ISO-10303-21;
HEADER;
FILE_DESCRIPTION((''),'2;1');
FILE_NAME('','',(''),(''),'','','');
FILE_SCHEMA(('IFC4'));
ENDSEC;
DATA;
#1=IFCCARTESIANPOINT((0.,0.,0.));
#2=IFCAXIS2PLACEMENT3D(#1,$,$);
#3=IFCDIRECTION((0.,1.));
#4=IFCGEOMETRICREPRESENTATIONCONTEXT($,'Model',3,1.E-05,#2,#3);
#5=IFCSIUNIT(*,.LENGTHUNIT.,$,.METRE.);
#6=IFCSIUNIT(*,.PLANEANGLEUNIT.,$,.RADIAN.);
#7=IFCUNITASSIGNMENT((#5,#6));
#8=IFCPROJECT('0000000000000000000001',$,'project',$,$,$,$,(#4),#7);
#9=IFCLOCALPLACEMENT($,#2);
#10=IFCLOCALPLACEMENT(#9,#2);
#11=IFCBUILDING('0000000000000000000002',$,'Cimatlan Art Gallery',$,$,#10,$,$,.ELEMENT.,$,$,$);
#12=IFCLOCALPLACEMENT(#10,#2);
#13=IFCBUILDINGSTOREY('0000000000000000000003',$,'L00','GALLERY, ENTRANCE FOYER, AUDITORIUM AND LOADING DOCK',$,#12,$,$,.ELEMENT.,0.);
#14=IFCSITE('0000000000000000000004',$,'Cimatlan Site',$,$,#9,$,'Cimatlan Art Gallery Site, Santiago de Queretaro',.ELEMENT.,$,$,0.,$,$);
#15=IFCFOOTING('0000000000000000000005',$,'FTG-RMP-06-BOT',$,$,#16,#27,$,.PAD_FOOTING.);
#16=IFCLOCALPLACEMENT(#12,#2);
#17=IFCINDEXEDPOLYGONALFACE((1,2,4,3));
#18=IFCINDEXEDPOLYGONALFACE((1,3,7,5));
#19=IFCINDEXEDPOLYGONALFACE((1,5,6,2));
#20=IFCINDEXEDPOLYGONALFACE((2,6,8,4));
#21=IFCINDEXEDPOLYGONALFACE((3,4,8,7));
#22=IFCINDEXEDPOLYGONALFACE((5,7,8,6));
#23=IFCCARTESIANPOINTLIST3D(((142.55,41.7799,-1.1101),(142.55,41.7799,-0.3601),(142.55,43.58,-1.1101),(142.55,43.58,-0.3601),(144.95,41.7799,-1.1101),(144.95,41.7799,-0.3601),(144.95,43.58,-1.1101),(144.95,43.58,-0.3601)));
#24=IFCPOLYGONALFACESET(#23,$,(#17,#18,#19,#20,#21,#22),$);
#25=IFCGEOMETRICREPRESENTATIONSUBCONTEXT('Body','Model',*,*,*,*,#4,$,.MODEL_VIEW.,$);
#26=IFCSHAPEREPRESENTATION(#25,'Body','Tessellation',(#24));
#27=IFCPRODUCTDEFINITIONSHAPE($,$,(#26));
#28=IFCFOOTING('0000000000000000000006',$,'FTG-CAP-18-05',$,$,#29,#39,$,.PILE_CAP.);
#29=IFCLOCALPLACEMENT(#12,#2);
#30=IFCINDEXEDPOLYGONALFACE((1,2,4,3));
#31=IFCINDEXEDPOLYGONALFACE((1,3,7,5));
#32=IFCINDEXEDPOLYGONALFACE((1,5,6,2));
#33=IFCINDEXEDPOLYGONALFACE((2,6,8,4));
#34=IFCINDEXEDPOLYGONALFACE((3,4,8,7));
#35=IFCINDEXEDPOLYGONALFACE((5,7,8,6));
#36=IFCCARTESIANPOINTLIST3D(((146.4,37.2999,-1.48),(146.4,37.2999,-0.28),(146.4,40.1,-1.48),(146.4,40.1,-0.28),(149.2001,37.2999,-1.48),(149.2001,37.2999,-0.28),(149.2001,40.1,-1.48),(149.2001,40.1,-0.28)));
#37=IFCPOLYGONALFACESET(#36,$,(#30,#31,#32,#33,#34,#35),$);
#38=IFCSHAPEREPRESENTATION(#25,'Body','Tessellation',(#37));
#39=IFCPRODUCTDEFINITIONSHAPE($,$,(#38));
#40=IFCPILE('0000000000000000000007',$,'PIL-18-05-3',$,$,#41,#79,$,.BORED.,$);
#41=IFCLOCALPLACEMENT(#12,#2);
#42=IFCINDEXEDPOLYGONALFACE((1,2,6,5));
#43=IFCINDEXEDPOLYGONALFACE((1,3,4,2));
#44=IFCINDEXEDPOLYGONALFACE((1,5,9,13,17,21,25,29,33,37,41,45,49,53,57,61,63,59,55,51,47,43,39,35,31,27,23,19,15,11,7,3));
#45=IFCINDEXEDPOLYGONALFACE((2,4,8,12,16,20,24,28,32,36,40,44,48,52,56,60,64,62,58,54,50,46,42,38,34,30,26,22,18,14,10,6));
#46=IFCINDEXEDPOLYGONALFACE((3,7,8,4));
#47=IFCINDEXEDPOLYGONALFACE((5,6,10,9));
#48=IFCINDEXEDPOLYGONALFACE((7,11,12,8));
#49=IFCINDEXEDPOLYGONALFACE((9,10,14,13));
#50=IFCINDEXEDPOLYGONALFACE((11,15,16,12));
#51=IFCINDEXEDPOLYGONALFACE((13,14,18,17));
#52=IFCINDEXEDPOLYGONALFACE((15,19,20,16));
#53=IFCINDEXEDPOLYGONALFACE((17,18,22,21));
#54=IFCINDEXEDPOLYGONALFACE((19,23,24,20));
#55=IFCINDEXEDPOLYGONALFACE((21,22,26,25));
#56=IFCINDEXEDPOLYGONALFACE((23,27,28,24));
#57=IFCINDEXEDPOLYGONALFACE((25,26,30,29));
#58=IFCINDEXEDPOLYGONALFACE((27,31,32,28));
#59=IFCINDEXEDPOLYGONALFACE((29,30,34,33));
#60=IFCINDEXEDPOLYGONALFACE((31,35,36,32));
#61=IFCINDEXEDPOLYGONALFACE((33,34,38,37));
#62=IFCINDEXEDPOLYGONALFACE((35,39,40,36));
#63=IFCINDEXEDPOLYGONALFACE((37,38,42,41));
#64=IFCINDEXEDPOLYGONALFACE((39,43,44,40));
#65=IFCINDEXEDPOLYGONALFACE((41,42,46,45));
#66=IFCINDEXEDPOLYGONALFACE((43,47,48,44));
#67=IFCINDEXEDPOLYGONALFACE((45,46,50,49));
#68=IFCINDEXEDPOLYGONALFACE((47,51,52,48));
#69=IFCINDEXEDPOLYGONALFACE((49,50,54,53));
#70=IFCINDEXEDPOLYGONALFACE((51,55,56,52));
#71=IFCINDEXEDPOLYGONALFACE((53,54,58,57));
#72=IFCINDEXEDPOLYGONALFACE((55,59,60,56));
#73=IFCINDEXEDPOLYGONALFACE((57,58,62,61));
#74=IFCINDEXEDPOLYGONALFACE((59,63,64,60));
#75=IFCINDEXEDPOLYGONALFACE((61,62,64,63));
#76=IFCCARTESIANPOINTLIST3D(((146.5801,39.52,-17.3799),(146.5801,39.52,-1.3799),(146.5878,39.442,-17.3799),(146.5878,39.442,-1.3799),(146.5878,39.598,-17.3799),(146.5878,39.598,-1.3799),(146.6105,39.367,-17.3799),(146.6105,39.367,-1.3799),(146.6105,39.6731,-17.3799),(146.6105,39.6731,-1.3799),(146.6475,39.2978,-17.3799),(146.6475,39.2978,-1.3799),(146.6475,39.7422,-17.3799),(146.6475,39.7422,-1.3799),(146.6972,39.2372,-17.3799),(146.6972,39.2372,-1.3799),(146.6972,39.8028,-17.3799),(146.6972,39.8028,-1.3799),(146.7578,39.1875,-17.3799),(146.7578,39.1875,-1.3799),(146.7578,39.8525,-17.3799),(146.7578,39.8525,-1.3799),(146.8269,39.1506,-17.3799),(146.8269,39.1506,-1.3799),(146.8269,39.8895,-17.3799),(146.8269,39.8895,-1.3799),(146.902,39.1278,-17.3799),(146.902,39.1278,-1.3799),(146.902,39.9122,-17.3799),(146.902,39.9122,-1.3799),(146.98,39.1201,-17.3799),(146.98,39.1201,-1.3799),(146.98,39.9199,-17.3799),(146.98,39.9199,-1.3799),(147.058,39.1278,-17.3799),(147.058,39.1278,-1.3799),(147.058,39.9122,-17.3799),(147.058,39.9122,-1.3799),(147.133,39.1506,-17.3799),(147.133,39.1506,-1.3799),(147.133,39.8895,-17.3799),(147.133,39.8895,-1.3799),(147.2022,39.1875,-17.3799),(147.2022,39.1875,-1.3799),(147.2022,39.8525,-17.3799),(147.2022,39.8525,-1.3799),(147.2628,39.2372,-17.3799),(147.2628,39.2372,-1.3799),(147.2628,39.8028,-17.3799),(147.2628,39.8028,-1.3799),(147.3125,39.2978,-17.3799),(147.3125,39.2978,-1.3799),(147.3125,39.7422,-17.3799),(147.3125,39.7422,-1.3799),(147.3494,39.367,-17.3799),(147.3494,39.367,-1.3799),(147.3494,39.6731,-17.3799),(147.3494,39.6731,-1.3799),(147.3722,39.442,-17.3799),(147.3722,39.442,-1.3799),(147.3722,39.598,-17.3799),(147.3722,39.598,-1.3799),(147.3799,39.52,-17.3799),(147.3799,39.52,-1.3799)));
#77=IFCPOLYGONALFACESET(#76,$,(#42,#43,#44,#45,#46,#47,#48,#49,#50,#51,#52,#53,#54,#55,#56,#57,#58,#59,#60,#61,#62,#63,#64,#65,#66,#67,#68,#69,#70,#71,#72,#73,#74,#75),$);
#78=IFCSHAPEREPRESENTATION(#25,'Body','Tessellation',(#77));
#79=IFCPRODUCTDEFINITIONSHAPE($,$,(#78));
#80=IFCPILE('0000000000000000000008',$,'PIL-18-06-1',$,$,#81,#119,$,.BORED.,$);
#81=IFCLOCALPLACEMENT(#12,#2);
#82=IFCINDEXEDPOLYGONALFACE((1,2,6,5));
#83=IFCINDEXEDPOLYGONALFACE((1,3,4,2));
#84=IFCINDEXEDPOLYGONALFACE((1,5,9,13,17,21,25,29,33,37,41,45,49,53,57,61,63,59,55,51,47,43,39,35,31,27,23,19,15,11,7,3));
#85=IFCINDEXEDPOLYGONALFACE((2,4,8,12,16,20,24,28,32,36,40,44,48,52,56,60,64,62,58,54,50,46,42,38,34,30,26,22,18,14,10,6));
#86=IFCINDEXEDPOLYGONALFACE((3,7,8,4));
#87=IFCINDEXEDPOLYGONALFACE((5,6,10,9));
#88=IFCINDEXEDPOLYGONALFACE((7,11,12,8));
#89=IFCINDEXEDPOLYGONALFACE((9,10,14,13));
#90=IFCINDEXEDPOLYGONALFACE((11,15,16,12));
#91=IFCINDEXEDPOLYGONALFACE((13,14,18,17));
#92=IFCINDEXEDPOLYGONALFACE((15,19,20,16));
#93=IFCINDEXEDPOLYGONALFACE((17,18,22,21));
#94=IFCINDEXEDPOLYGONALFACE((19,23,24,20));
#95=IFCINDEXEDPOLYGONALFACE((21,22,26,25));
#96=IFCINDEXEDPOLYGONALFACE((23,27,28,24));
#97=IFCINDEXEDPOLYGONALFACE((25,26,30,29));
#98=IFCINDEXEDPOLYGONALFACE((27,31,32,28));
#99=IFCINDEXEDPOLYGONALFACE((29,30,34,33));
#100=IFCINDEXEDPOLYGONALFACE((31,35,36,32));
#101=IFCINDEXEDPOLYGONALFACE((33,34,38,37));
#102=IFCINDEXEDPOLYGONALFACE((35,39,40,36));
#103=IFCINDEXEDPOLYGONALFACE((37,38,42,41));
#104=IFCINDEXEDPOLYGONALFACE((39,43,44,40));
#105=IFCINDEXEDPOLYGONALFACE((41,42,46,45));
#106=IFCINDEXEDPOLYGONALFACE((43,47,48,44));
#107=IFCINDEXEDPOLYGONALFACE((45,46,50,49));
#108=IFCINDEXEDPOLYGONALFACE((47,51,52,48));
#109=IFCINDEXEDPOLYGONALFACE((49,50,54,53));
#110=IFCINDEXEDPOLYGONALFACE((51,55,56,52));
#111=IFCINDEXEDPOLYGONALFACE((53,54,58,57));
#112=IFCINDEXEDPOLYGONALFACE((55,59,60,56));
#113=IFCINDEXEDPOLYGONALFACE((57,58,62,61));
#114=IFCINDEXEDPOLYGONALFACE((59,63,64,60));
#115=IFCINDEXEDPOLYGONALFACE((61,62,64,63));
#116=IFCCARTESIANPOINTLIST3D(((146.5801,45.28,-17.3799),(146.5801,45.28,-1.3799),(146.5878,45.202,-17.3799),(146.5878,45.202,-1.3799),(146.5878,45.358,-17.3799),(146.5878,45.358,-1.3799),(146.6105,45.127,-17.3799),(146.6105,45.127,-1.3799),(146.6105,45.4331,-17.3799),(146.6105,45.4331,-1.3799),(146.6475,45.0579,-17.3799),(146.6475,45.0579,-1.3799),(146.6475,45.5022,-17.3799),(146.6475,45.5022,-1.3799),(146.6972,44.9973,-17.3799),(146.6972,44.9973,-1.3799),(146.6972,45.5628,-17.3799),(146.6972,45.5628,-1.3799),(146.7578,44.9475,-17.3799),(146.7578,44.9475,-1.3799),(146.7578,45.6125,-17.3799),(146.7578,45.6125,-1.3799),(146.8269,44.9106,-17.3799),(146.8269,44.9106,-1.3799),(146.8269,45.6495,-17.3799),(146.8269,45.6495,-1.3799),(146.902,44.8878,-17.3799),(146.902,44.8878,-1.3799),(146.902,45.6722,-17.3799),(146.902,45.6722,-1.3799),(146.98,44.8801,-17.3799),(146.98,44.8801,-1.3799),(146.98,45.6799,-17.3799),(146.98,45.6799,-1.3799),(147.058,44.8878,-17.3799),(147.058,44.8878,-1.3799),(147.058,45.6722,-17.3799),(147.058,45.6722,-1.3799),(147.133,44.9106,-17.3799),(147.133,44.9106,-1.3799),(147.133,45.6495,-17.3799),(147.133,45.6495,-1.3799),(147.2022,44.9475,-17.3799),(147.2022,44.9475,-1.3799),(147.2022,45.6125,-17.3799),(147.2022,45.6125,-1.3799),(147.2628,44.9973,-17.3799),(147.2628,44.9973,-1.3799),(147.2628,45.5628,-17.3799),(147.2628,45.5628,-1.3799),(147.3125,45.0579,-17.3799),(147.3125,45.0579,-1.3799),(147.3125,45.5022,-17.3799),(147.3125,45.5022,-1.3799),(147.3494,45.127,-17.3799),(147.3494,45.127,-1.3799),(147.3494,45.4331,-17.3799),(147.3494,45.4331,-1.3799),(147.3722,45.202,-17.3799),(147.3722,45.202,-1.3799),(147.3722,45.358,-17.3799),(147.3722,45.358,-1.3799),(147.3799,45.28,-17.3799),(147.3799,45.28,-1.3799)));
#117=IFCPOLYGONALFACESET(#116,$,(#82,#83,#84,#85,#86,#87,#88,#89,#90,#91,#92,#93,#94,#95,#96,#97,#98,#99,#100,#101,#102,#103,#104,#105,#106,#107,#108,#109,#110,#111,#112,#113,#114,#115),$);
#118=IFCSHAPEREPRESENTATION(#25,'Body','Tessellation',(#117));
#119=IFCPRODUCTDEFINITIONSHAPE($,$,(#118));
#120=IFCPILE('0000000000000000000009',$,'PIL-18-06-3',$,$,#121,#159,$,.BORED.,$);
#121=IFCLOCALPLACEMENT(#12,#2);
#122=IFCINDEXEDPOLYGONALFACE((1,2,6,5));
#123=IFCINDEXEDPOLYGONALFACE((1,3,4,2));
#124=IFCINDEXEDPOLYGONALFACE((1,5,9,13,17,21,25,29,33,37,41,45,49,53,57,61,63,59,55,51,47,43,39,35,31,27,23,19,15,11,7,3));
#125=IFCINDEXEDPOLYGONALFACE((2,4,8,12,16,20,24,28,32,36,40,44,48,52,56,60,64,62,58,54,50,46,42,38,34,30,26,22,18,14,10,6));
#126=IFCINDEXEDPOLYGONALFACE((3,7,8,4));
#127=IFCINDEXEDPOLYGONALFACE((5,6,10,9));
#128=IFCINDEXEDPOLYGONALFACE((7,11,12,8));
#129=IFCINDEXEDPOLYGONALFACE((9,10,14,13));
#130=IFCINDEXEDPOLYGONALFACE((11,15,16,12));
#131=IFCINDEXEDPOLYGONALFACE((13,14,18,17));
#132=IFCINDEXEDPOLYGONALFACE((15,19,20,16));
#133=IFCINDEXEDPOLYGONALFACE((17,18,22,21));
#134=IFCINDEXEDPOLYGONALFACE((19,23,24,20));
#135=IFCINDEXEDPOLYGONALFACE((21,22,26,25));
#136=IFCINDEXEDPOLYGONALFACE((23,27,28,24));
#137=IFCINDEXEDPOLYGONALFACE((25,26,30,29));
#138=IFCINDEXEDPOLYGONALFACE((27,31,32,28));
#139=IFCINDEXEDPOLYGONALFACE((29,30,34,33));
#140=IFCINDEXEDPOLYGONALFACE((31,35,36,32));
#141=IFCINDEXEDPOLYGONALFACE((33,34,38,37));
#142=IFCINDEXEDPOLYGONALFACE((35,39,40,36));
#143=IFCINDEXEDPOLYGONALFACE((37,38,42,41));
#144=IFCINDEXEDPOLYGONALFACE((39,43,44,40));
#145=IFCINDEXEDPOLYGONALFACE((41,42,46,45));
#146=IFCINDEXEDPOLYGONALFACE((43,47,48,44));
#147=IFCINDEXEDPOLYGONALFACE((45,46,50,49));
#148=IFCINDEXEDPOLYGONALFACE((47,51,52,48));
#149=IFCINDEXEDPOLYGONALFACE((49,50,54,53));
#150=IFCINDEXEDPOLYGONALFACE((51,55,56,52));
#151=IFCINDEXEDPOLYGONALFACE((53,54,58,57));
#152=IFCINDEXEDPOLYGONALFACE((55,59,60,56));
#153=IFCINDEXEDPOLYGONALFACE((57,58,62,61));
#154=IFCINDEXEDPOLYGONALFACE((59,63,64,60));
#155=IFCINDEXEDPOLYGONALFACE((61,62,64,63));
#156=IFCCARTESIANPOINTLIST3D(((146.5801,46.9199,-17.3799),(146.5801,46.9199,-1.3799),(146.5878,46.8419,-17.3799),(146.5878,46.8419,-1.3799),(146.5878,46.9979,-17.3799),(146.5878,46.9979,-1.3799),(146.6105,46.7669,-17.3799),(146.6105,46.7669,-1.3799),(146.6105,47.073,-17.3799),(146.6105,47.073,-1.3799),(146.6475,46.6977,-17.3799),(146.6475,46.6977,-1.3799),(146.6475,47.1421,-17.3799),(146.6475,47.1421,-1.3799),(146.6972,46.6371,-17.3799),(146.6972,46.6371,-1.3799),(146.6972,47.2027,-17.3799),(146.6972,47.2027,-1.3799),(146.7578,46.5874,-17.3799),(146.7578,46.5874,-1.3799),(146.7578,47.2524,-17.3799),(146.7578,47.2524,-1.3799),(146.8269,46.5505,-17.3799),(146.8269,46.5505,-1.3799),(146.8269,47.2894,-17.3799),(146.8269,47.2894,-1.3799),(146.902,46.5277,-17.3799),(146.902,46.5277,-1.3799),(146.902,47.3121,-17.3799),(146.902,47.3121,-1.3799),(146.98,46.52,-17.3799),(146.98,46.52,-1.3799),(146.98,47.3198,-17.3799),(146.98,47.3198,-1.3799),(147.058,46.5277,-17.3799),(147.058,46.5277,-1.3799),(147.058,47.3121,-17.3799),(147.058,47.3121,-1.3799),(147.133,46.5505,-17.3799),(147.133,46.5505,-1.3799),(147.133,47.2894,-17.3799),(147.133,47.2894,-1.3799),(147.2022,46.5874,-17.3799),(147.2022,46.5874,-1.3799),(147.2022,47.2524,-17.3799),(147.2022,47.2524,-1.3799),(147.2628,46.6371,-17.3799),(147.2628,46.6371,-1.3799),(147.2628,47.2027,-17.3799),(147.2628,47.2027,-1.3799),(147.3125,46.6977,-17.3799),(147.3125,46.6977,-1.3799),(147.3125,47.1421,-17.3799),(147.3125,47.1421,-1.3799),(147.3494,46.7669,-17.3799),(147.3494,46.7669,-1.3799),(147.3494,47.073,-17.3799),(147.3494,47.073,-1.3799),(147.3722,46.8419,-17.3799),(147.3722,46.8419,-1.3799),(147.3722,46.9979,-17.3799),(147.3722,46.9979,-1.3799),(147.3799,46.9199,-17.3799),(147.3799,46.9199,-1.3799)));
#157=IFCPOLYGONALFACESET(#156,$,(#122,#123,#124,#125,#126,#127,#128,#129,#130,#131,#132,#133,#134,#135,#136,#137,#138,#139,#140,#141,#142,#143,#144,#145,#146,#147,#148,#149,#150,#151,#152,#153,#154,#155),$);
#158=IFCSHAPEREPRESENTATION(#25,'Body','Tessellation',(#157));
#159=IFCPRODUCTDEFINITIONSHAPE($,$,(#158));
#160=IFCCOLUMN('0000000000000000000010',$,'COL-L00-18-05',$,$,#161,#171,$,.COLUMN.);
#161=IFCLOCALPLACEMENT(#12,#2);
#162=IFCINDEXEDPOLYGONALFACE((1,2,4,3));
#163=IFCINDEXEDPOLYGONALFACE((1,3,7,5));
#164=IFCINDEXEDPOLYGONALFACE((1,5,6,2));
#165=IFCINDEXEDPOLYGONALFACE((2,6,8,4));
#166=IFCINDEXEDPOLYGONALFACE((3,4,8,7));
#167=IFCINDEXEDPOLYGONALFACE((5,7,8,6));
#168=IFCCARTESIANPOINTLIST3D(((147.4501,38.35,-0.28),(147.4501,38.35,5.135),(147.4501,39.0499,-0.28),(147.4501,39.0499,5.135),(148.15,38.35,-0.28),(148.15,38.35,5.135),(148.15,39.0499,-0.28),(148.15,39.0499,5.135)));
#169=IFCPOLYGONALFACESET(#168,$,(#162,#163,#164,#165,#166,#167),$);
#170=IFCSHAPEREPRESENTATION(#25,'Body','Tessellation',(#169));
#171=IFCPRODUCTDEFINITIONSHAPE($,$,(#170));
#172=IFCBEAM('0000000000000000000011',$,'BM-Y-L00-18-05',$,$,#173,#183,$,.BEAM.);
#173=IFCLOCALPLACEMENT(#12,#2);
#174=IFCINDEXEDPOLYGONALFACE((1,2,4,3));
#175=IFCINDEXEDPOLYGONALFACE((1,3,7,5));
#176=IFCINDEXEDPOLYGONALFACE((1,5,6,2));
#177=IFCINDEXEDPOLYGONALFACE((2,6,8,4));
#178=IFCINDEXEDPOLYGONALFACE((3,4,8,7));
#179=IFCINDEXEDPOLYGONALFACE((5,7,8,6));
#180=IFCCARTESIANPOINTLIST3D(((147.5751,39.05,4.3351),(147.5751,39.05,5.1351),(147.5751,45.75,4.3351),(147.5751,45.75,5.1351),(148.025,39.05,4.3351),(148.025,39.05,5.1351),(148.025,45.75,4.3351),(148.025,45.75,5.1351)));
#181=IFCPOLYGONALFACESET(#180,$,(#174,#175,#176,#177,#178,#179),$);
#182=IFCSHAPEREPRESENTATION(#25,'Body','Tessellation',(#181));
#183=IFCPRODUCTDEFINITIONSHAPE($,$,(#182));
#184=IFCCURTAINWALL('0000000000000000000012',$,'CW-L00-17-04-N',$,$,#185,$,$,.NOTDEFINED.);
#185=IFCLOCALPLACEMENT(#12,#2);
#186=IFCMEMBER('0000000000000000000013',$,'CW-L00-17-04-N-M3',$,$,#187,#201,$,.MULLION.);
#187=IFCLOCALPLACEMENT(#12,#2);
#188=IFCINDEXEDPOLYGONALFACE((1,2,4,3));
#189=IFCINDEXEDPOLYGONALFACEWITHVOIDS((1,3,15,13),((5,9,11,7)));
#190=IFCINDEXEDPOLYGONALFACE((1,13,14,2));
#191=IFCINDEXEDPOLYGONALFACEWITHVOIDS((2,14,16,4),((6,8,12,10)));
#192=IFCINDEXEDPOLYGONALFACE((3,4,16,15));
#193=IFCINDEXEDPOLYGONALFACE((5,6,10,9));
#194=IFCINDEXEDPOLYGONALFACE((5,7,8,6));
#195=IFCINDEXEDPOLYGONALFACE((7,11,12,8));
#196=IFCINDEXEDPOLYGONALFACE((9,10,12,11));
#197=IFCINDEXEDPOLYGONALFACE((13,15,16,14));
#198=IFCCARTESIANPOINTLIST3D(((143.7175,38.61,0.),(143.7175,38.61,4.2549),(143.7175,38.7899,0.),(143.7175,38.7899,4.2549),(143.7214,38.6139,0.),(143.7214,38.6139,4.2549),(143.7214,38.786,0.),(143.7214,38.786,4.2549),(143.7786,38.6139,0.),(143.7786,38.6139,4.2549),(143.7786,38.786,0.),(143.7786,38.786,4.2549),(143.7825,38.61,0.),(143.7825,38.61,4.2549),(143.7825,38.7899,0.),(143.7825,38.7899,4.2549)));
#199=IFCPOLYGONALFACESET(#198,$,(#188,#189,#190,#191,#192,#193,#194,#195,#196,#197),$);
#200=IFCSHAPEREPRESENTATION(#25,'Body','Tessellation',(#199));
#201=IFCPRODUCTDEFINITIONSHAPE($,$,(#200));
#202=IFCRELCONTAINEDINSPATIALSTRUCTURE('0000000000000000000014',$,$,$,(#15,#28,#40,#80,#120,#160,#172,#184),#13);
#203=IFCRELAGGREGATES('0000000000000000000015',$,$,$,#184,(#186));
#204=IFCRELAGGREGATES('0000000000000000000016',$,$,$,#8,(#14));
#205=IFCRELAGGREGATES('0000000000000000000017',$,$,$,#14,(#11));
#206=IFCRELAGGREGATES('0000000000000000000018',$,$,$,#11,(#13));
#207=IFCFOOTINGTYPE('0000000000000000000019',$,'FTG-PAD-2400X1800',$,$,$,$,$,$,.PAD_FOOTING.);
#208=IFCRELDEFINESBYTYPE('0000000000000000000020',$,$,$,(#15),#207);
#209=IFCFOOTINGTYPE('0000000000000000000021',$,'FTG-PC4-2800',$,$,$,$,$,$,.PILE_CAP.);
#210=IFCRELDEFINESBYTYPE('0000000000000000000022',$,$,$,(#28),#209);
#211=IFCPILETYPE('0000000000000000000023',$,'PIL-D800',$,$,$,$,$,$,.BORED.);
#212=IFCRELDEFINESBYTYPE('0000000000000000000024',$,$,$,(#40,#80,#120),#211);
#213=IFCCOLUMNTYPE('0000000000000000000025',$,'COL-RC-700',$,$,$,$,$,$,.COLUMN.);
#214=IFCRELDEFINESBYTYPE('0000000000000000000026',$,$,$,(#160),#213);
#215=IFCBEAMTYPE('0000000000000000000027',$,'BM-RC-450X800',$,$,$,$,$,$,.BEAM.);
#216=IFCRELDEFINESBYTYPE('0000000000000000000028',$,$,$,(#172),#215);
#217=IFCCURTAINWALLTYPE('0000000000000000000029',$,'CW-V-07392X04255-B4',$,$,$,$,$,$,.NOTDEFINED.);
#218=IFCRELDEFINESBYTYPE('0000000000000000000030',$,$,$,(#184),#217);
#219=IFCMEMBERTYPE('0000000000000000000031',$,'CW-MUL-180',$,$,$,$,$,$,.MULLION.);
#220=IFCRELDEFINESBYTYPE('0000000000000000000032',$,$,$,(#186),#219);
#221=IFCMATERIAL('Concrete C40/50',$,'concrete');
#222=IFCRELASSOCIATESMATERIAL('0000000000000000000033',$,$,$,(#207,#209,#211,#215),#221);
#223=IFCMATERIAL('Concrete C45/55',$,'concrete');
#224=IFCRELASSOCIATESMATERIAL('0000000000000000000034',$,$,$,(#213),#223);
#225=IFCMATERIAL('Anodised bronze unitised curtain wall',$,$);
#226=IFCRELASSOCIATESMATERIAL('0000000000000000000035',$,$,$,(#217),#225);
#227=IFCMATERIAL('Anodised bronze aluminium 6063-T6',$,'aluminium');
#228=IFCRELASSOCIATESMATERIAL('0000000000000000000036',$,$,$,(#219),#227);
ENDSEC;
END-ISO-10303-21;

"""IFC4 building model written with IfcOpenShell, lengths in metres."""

from ifc_helpers import new_model, si_unit, direction, frame, origin, origin_2d, place, context, subcontext, project, spatial, rectangle, hollow_rectangle, circle, extrude, material, material_profile, profile_set, type_object, element, aggregate, save


model = new_model("IFC4")

# Units and contexts
model_context = context("Model", 3, precision=1e-05, world=origin(), true_north=direction((0.0, 1.0)))
body_context = subcontext(model_context, "Body", "Model", "MODEL_VIEW")
ifc_project = project(units=[si_unit("LENGTHUNIT", "METRE"), si_unit("PLANEANGLEUNIT", "RADIAN")], contexts=[model_context])

# Site, building, storey
site_placement = place(None, origin())
site = spatial("IfcSite", under=ifc_project, at=site_placement, Name="Cimatlan Site", LongName="Cimatlan Art Gallery Site, Santiago de Queretaro", CompositionType="ELEMENT", RefElevation=0.0)
building_placement = place(site_placement, origin())
building = spatial("IfcBuilding", under=site, at=building_placement, Name="Cimatlan Art Gallery", CompositionType="ELEMENT")
storey_placement = place(building_placement, origin())
storey = spatial("IfcBuildingStorey", under=building, at=storey_placement, Name="L00", Description="GALLERY, ENTRANCE FOYER, AUDITORIUM AND LOADING DOCK", CompositionType="ELEMENT", Elevation=0.0)

# Footings
ifc_material_1 = material(Name="Concrete C40/50", Category="concrete")
footing_type_1 = type_object("IfcFootingType", Name="FTG-PAD-2400X1800", PredefinedType="PAD_FOOTING", material=ifc_material_1)
footing_1_placement = place(storey_placement, frame((143.75, 42.6799, -1.1101), z_axis=(0.0, 0.0, 1.0), x_axis=(1.0, 0.0, 0.0)))
element("IfcFooting", 1, at=footing_1_placement, inside=storey, type_object=footing_type_1, Name="FTG-RMP-06-BOT", PredefinedType="PAD_FOOTING", context=body_context, shape_type="SweptSolid", body=[
    extrude(rectangle(XDim=2.3999, YDim=1.8, at=origin_2d()), origin(), (0.0, 0.0, 1.0), 0.75),
])
footing_type_2 = type_object("IfcFootingType", Name="FTG-PC4-2800", PredefinedType="PILE_CAP", material=ifc_material_1)
footing_2_placement = place(storey_placement, frame((147.8, 38.7, -1.48), z_axis=(0.0, 0.0, 1.0), x_axis=(1.0, 0.0, 0.0)))
element("IfcFooting", 2, at=footing_2_placement, inside=storey, type_object=footing_type_2, Name="FTG-CAP-18-05", PredefinedType="PILE_CAP", context=body_context, shape_type="SweptSolid", body=[
    extrude(rectangle(XDim=2.8, YDim=2.8, at=origin_2d()), origin(), (0.0, 0.0, 1.0), 1.2),
])

# Piles
pile_type = type_object("IfcPileType", Name="PIL-D800", PredefinedType="BORED", material=ifc_material_1)
for number, where, z_axis, x_axis, name in (
    (3, (146.98, 39.52, -1.3799), (0.0, 0.0, -1.0), (1.0, 0.0, 0.0), "PIL-18-05-3"),
    (4, (146.98, 45.28, -1.3799), (0.0, 0.0, -1.0), (1.0, 0.0, 0.0), "PIL-18-06-1"),
    (5, (146.98, 46.9199, -1.3799), (0.0, 0.0, -1.0), (1.0, 0.0, 0.0), "PIL-18-06-3"),
):
    element("IfcPile", number, at=place(storey_placement, frame(where, z_axis=z_axis, x_axis=x_axis)), inside=storey, type_object=pile_type, Name=name, PredefinedType="BORED", context=body_context, shape_type="SweptSolid", body=[
        extrude(circle(Radius=0.3999, at=origin_2d()), origin(), (0.0, 0.0, 1.0), 16.0),
    ])

# Column
ifc_material_2 = material(Name="Concrete C45/55", Category="concrete")
ifc_material_profile_1 = material_profile(ifc_material_2, rectangle(XDim=0.7, YDim=0.7, at=origin_2d()), Name="RC700X700")
ifc_profile_set_1 = profile_set([ifc_material_profile_1], Name="Concrete C45/55")
column_type = type_object("IfcColumnType", Name="COL-RC-700", PredefinedType="COLUMN", material=ifc_profile_set_1)
column_placement = place(storey_placement, frame((147.8, 38.7, -0.28), z_axis=(0.0, 0.0, 1.0), x_axis=(1.0, 0.0, 0.0)))
element("IfcColumn", 6, at=column_placement, inside=storey, type_object=column_type, Name="COL-L00-18-05", PredefinedType="COLUMN", context=body_context, shape_type="SweptSolid", body=[
    extrude(rectangle(XDim=0.7, YDim=0.7, at=origin_2d()), origin(), (0.0, 0.0, 1.0), 5.415),
])

# Beam
ifc_material_profile_2 = material_profile(ifc_material_1, rectangle(XDim=0.45, YDim=0.8, at=origin_2d()), Name="RC450X800")
ifc_profile_set_2 = profile_set([ifc_material_profile_2], Name="Concrete C40/50")
beam_type = type_object("IfcBeamType", Name="BM-RC-450X800", PredefinedType="BEAM", material=ifc_profile_set_2)
beam_placement = place(storey_placement, frame((147.8, 39.05, 4.7351), z_axis=(0.0, 1.0, 0.0), x_axis=(-1.0, 0.0, 0.0)))
element("IfcBeam", 7, at=beam_placement, inside=storey, type_object=beam_type, Name="BM-Y-L00-18-05", PredefinedType="BEAM", context=body_context, shape_type="SweptSolid", body=[
    extrude(rectangle(XDim=0.45, YDim=0.8, at=origin_2d()), origin(), (0.0, 0.0, 1.0), 6.7),
])

# Curtain wall, member
ifc_material_3 = material(Name="Anodised bronze unitised curtain wall")
curtain_wall_type = type_object("IfcCurtainWallType", Name="CW-V-07392X04255-B4", PredefinedType="NOTDEFINED", material=ifc_material_3)
curtain_wall_placement = place(storey_placement, origin())
curtain_wall = element("IfcCurtainWall", 8, at=curtain_wall_placement, inside=storey, type_object=curtain_wall_type, Name="CW-L00-17-04-N", PredefinedType="NOTDEFINED")
ifc_material_4 = material(Name="Anodised bronze aluminium 6063-T6", Category="aluminium")
ifc_material_profile_3 = material_profile(ifc_material_4, hollow_rectangle(XDim=0.0649, YDim=0.1799, WallThickness=0.0039, at=origin_2d()), Name="ALU65X180X4")
ifc_profile_set_3 = profile_set([ifc_material_profile_3], Name="Anodised bronze aluminium 6063-T6")
member_type = type_object("IfcMemberType", Name="CW-MUL-180", PredefinedType="MULLION", material=ifc_profile_set_3)
member_1_placement = place(storey_placement, frame((143.75, 38.7, 0.0), z_axis=(0.0, 0.0, 1.0), x_axis=(1.0, 0.0, 0.0)))
member_1 = element("IfcMember", 9, at=member_1_placement, type_object=member_type, Name="CW-L00-17-04-N-M3", PredefinedType="MULLION", context=body_context, shape_type="SweptSolid", body=[
    extrude(hollow_rectangle(XDim=0.0649, YDim=0.1799, WallThickness=0.0039, at=origin_2d()), origin(), (0.0, 0.0, 1.0), 4.2549),
])
aggregate(curtain_wall, [member_1])

save(model, "model.ifc")
